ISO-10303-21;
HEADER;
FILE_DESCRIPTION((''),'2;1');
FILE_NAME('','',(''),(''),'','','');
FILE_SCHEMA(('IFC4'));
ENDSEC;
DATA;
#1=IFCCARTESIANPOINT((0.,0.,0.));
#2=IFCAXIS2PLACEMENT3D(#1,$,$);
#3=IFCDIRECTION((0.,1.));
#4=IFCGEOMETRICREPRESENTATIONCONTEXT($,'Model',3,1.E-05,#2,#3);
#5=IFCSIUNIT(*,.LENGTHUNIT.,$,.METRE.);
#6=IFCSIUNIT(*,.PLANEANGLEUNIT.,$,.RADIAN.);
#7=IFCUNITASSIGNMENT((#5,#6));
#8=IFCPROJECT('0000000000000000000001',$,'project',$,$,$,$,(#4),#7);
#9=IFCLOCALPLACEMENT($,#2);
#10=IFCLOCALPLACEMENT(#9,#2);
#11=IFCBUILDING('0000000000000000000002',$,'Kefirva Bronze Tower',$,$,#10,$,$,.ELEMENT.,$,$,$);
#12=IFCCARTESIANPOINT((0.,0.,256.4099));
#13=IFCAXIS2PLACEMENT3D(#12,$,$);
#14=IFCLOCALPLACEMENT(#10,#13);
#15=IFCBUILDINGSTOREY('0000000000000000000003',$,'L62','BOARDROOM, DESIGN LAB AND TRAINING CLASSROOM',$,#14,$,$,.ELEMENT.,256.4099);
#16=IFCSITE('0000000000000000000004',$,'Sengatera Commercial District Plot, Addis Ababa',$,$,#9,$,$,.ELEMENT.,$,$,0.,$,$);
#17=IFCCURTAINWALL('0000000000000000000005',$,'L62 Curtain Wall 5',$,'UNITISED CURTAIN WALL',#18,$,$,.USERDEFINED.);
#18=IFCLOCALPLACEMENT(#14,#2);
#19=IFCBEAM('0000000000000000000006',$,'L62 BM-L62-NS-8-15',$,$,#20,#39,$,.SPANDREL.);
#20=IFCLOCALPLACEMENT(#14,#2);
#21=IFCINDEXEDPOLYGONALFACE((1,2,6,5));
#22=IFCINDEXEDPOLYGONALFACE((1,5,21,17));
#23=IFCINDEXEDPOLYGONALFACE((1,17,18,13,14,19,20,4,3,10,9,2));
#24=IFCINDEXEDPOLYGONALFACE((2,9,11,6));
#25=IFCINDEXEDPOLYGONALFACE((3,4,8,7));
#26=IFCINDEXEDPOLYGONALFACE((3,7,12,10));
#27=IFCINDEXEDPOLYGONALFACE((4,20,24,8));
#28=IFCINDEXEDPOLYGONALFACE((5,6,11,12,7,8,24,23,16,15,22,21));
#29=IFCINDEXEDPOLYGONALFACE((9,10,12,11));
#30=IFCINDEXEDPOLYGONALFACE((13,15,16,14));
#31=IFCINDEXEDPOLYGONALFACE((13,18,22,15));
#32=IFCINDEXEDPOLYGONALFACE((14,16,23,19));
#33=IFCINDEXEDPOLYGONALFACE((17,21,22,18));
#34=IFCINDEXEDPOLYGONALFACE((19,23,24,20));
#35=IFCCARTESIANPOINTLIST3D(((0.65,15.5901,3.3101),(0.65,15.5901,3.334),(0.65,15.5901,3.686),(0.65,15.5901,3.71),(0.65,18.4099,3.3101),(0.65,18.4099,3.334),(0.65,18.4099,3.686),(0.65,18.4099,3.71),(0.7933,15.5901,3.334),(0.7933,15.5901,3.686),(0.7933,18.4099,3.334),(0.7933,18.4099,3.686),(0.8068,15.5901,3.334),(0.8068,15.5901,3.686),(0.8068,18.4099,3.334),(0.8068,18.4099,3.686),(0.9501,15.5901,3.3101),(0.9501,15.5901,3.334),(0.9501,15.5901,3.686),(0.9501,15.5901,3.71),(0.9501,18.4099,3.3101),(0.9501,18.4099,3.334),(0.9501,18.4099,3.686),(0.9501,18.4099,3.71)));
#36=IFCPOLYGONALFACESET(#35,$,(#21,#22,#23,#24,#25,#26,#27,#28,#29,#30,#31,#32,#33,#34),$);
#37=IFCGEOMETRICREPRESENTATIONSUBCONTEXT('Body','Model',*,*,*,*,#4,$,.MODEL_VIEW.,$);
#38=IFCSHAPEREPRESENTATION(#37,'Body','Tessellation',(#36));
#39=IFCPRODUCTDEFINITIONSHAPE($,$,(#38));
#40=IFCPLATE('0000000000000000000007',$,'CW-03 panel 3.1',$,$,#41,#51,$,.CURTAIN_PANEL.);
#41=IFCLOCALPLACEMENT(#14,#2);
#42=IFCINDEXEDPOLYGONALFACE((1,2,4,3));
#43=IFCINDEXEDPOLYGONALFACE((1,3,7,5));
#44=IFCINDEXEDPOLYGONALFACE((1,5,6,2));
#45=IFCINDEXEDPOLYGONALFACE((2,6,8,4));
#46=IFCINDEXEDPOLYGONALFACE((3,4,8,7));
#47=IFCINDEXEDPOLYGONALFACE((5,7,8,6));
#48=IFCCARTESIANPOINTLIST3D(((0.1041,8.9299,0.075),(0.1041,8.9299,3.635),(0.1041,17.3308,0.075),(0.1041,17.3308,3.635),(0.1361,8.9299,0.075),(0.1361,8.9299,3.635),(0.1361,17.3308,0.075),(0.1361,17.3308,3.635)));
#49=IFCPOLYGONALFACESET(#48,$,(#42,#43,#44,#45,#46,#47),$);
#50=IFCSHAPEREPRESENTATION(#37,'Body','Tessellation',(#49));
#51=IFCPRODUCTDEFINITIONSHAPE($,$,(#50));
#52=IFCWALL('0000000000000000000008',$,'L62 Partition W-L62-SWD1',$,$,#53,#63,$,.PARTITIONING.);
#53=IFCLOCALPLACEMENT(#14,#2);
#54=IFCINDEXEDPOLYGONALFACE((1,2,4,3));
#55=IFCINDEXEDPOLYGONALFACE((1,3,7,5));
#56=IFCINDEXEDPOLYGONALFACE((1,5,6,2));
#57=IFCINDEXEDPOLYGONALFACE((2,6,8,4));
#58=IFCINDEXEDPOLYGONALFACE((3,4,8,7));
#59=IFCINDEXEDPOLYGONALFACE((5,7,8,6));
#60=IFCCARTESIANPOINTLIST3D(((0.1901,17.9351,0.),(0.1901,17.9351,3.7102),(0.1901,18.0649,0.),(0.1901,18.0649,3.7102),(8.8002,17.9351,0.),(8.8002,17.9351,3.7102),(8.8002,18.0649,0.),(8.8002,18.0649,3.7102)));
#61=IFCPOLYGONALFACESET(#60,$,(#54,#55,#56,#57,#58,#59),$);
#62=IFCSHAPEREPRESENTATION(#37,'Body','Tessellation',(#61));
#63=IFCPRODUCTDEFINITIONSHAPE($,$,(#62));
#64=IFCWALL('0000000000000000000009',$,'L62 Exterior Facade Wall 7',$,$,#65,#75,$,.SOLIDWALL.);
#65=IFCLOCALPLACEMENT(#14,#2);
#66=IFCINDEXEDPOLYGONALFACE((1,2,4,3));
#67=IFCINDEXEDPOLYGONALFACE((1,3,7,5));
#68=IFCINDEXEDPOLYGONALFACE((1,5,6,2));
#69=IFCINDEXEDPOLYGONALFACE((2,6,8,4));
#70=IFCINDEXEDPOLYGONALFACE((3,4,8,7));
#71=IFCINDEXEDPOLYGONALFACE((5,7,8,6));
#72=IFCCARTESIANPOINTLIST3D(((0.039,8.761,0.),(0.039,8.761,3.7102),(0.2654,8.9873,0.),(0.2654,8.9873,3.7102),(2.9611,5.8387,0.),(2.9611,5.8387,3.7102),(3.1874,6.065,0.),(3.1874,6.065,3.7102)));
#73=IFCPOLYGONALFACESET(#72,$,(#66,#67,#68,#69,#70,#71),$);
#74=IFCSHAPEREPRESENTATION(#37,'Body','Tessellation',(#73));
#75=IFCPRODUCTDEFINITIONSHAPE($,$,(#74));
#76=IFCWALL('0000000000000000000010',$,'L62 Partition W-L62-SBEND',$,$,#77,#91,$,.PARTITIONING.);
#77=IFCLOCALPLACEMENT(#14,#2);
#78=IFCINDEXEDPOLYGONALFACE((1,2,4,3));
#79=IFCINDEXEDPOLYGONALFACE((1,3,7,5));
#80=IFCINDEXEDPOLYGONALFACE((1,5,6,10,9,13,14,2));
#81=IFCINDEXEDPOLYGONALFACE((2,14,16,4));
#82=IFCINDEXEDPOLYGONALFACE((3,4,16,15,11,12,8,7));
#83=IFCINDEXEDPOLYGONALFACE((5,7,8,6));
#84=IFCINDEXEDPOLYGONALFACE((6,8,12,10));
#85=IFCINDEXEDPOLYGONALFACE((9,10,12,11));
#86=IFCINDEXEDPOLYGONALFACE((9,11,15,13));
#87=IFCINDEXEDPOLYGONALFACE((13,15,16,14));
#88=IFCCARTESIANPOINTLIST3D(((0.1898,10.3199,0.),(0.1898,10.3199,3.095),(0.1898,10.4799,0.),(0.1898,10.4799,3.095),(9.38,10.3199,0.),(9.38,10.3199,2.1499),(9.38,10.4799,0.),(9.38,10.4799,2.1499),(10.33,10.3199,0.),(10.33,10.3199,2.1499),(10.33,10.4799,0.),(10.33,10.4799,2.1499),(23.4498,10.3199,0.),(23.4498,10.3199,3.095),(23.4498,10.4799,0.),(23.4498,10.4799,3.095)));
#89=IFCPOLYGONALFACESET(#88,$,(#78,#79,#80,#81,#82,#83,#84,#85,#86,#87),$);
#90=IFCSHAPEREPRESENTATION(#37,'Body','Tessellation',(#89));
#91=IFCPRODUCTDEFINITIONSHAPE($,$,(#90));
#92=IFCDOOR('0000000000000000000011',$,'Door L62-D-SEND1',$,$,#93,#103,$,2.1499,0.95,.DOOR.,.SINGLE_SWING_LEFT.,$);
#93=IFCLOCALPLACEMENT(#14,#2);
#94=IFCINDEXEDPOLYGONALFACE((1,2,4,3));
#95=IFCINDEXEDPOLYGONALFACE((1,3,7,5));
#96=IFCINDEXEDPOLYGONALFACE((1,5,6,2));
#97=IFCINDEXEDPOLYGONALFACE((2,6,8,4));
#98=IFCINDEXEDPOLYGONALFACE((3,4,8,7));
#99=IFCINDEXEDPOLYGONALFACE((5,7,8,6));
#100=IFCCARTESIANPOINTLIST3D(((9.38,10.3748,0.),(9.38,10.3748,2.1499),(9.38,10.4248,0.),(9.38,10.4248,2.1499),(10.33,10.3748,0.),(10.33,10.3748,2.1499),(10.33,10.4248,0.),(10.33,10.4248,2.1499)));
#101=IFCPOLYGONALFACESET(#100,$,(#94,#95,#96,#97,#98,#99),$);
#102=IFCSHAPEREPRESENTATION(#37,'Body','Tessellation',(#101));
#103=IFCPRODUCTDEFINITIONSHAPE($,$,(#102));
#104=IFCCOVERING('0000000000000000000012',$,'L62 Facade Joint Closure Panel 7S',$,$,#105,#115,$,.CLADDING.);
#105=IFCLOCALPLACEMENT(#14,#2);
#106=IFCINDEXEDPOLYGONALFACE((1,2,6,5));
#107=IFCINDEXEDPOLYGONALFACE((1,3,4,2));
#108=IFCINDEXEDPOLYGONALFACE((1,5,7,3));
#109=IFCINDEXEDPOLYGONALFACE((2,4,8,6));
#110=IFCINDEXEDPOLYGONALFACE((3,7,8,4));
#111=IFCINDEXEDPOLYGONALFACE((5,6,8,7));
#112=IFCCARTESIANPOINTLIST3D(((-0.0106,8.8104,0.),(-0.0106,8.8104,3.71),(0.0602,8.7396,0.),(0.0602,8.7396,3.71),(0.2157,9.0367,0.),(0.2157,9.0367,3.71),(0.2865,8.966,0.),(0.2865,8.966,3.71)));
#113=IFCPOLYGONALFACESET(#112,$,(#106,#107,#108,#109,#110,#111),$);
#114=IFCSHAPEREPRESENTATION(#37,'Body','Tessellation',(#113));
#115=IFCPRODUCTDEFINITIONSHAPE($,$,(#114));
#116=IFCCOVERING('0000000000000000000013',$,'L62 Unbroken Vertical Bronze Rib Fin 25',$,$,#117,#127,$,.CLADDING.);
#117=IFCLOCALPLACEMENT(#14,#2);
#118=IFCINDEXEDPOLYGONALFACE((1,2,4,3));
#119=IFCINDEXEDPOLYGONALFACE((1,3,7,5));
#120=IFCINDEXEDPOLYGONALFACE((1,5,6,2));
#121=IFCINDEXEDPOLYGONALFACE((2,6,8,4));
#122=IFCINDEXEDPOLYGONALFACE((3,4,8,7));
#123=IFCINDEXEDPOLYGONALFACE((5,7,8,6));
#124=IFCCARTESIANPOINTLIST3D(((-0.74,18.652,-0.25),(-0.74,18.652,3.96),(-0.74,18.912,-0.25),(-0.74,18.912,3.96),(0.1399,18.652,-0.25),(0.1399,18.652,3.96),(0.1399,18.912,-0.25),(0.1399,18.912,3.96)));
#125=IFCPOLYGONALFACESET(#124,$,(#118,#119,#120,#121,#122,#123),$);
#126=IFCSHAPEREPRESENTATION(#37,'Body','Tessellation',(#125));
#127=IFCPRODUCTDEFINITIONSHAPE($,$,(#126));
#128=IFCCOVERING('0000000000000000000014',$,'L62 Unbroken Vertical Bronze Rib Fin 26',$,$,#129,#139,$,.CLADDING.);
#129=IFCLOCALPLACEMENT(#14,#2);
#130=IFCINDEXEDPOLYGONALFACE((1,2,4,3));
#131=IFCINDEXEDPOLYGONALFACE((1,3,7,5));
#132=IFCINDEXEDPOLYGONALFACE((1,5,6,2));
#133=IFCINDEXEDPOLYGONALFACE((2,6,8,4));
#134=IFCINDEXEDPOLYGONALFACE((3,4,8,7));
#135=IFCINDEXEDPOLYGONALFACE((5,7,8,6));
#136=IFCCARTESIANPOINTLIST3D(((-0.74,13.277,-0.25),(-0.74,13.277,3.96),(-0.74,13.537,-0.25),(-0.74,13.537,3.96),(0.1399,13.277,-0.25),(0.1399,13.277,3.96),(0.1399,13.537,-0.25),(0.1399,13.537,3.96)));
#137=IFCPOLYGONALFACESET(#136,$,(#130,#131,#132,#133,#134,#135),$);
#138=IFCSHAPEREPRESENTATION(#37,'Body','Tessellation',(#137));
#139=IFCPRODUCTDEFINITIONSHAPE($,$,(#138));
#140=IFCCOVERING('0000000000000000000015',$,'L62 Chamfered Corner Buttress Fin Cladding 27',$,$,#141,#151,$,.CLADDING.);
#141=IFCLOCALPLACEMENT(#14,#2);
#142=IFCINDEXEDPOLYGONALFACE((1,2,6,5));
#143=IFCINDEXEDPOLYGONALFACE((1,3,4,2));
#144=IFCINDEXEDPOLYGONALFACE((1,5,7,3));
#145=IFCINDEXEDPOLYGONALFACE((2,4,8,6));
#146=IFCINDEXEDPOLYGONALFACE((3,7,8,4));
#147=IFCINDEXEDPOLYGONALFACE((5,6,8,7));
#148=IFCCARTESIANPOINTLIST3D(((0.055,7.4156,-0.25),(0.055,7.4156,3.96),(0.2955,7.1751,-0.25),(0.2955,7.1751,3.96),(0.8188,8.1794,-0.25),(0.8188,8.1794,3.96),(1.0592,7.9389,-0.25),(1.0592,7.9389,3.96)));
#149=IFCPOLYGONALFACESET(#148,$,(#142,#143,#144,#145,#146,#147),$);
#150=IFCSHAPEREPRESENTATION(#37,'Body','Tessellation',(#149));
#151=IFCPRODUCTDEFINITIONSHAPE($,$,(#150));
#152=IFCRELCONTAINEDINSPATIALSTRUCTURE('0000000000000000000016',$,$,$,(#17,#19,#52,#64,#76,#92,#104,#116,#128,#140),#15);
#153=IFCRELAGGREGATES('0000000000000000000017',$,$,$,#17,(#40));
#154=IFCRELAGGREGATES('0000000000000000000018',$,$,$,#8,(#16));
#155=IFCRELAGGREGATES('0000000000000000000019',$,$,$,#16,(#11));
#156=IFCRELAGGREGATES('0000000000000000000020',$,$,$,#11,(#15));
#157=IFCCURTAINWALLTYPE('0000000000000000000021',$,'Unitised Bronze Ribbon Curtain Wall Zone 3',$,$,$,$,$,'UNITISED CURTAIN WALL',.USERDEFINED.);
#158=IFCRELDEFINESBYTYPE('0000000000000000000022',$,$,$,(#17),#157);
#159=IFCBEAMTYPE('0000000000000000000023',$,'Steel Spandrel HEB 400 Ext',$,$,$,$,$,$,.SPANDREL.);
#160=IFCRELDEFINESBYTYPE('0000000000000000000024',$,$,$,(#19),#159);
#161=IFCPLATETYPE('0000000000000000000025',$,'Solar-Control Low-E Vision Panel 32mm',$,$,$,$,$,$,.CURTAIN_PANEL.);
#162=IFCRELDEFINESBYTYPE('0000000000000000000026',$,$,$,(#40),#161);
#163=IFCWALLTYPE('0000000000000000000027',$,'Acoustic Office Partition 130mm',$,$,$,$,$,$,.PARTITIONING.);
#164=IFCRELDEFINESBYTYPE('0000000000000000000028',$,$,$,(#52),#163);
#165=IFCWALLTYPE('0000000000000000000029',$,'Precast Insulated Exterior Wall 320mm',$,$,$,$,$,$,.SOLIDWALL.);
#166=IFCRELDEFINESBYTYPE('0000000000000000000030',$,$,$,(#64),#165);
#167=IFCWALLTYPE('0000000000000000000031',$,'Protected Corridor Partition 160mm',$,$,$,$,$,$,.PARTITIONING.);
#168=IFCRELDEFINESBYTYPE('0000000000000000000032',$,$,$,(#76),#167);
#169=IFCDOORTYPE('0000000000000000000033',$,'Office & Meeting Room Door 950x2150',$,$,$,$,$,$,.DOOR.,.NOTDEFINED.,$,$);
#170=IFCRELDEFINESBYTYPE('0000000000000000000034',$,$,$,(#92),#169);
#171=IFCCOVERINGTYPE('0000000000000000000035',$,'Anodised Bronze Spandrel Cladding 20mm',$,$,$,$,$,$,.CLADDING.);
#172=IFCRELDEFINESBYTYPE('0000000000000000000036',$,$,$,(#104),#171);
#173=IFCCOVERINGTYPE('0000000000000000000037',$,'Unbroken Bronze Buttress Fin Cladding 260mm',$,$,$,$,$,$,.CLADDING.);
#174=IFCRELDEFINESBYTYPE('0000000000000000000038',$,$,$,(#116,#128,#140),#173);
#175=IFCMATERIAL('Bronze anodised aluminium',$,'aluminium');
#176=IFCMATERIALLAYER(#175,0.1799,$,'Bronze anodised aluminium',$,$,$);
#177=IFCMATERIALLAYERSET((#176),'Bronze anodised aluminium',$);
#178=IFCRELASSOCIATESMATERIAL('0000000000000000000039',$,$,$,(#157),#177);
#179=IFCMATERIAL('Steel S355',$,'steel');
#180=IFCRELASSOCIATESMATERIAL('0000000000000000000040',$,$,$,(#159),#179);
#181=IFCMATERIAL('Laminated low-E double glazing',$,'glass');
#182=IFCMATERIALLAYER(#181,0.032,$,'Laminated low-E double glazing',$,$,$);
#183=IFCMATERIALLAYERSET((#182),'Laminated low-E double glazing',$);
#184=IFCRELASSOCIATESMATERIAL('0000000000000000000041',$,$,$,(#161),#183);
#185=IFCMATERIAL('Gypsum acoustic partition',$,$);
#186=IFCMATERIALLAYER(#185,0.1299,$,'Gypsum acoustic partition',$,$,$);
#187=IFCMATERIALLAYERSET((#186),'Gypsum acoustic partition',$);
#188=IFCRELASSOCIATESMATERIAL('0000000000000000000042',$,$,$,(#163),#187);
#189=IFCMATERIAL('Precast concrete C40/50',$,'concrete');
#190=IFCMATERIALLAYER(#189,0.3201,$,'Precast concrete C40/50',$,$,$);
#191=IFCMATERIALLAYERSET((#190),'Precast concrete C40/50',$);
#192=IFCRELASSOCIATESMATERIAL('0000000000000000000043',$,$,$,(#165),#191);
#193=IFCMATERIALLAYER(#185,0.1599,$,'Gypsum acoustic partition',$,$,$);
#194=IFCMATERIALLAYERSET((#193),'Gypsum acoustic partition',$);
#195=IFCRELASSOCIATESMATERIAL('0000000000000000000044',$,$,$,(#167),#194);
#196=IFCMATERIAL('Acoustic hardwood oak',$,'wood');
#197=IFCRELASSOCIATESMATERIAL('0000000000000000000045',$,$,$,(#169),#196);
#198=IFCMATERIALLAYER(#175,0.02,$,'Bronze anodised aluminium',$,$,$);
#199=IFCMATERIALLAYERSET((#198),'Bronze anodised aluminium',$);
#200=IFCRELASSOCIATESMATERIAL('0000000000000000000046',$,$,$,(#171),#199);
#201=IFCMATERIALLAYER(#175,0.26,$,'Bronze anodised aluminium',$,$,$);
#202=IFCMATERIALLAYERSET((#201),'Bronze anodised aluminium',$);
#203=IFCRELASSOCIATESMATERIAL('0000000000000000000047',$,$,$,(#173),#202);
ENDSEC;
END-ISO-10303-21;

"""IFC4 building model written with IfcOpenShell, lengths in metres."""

from ifc_helpers import new_model, si_unit, direction, frame, frame_2d, origin, origin_2d, place, context, subcontext, project, spatial, rectangle, i_section, extrude, material, layer, layer_set, material_profile, profile_set, type_object, element, fill, aggregate, save


model = new_model("IFC4")

# Units and contexts
model_context = context("Model", 3, precision=1e-05, world=origin(), true_north=direction((0.0, 1.0)))
body_context = subcontext(model_context, "Body", "Model", "MODEL_VIEW")
ifc_project = project(units=[si_unit("LENGTHUNIT", "METRE"), si_unit("PLANEANGLEUNIT", "RADIAN")], contexts=[model_context])

# Site, building, storey
site_placement = place(None, origin())
site = spatial("IfcSite", under=ifc_project, at=site_placement, Name="Sengatera Commercial District Plot, Addis Ababa", CompositionType="ELEMENT", RefElevation=0.0)
building_placement = place(site_placement, origin())
building = spatial("IfcBuilding", under=site, at=building_placement, Name="Kefirva Bronze Tower", CompositionType="ELEMENT")
storey_placement = place(building_placement, frame((0.0, 0.0, 256.4099)))
storey = spatial("IfcBuildingStorey", under=building, at=storey_placement, Name="L62", Description="BOARDROOM, DESIGN LAB AND TRAINING CLASSROOM", CompositionType="ELEMENT", Elevation=256.4099)

# Curtain wall
ifc_material_1 = material(Name="Bronze anodised aluminium", Category="aluminium")
ifc_layer_1 = layer(ifc_material_1, 0.1799, Name="Bronze anodised aluminium")
ifc_layer_set_1 = layer_set([ifc_layer_1], Name="Bronze anodised aluminium")
curtain_wall_type = type_object("IfcCurtainWallType", Name="Unitised Bronze Ribbon Curtain Wall Zone 3", ElementType="UNITISED CURTAIN WALL", PredefinedType="USERDEFINED", material=ifc_layer_set_1)
curtain_wall_placement = place(storey_placement, origin())
curtain_wall = element("IfcCurtainWall", 1, at=curtain_wall_placement, inside=storey, type_object=curtain_wall_type, Name="L62 Curtain Wall 5", ObjectType="UNITISED CURTAIN WALL", PredefinedType="USERDEFINED")

# Beam
ifc_material_2 = material(Name="Steel S355", Category="steel")
ifc_material_profile_1 = material_profile(ifc_material_2, i_section(OverallWidth=0.3, OverallDepth=0.3999, WebThickness=0.0134, FlangeThickness=0.0239, at=origin_2d()), Name="HEB 400")
ifc_profile_set_1 = profile_set([ifc_material_profile_1], Name="Steel S355")
beam_type_1 = type_object("IfcBeamType", Name="Steel Spandrel HEB 400 Ext", PredefinedType="SPANDREL", material=ifc_profile_set_1)
beam_1_placement = place(storey_placement, frame((0.8, 15.5901, 3.51), z_axis=(0.0, 1.0, 0.0), x_axis=(-1.0, 0.0, 0.0)))
element("IfcBeam", 2, at=beam_1_placement, inside=storey, type_object=beam_type_1, Name="L62 BM-L62-NS-8-15", PredefinedType="SPANDREL", context=body_context, shape_type="SweptSolid", body=[
    extrude(i_section(OverallWidth=0.3, OverallDepth=0.3999, WebThickness=0.0134, FlangeThickness=0.0239, at=origin_2d()), origin(), (0.0, 0.0, 1.0), 2.8198),
])

# Plate
ifc_material_3 = material(Name="Laminated low-E double glazing", Category="glass")
ifc_layer_2 = layer(ifc_material_3, 0.032, Name="Laminated low-E double glazing")
ifc_layer_set_2 = layer_set([ifc_layer_2], Name="Laminated low-E double glazing")
plate_type = type_object("IfcPlateType", Name="Solar-Control Low-E Vision Panel 32mm", PredefinedType="CURTAIN_PANEL", material=ifc_layer_set_2)
plate_placement = place(storey_placement, frame((0.1201, 13.1304, 0.075), z_axis=(0.0, 0.0, 1.0), x_axis=(0.0, -1.0, 0.0)))
plate = element("IfcPlate", 3, at=plate_placement, type_object=plate_type, Name="CW-03 panel 3.1", PredefinedType="CURTAIN_PANEL", context=body_context, shape_type="SweptSolid", body=[
    extrude(rectangle(XDim=8.4009, YDim=0.032, at=origin_2d()), origin(), (0.0, 0.0, 1.0), 3.5601),
])
aggregate(curtain_wall, [plate])

# Walls
ifc_material_4 = material(Name="Gypsum acoustic partition")
ifc_layer_3 = layer(ifc_material_4, 0.1299, Name="Gypsum acoustic partition")
ifc_layer_set_3 = layer_set([ifc_layer_3], Name="Gypsum acoustic partition")
wall_type_1 = type_object("IfcWallType", Name="Acoustic Office Partition 130mm", PredefinedType="PARTITIONING", material=ifc_layer_set_3)
wall_1_placement = place(storey_placement, frame((0.1899, 18.0, 0.0), z_axis=(0.0, 0.0, 1.0), x_axis=(1.0, 0.0, 0.0)))
element("IfcWall", 4, at=wall_1_placement, inside=storey, type_object=wall_type_1, Name="L62 Partition W-L62-SWD1", PredefinedType="PARTITIONING", context=body_context, shape_type="SweptSolid", body=[
    extrude(rectangle(XDim=8.6101, YDim=0.1299, at=frame_2d((4.3052, 0.0))), origin(), (0.0, 0.0, 1.0), 3.7102),
])
ifc_material_5 = material(Name="Precast concrete C40/50", Category="concrete")
ifc_layer_4 = layer(ifc_material_5, 0.3201, Name="Precast concrete C40/50")
ifc_layer_set_4 = layer_set([ifc_layer_4], Name="Precast concrete C40/50")
wall_type_2 = type_object("IfcWallType", Name="Precast Insulated Exterior Wall 320mm", PredefinedType="SOLIDWALL", material=ifc_layer_set_4)
wall_2_placement = place(storey_placement, frame((0.1521, 8.8743, 0.0), z_axis=(0.0, 0.0, 1.0), x_axis=(0.707077, -0.707136, 0.0)))
element("IfcWall", 5, at=wall_2_placement, inside=storey, type_object=wall_type_2, Name="L62 Exterior Facade Wall 7", PredefinedType="SOLIDWALL", context=body_context, shape_type="SweptSolid", body=[
    extrude(rectangle(XDim=4.1326, YDim=0.3201, at=frame_2d((2.0664, 0.0))), origin(), (0.0, 0.0, 1.0), 3.7102),
])

# Wall, opening, door
ifc_layer_5 = layer(ifc_material_4, 0.1599, Name="Gypsum acoustic partition")
ifc_layer_set_5 = layer_set([ifc_layer_5], Name="Gypsum acoustic partition")
wall_type_3 = type_object("IfcWallType", Name="Protected Corridor Partition 160mm", PredefinedType="PARTITIONING", material=ifc_layer_set_5)
wall_3_placement = place(storey_placement, frame((0.1899, 10.3999, 0.0), z_axis=(0.0, 0.0, 1.0), x_axis=(1.0, 0.0, 0.0)))
wall_3 = element("IfcWall", 6, at=wall_3_placement, inside=storey, type_object=wall_type_3, Name="L62 Partition W-L62-SBEND", PredefinedType="PARTITIONING", context=body_context, shape_type="SweptSolid", body=[
    extrude(rectangle(XDim=23.26, YDim=0.1599, at=frame_2d((11.6299, 0.0))), origin(), (0.0, 0.0, 1.0), 3.095),
])
opening_placement = place(wall_3_placement, frame((9.1899, 0.0, 0.0)))
opening = element("IfcOpeningElement", 7, at=opening_placement, cuts=wall_3, PredefinedType="OPENING", context=body_context, shape_type="SweptSolid", body=[
    extrude(rectangle(XDim=0.95, YDim=2.1499, at=frame_2d((0.4751, 1.075))), frame((0.0, 0.0898, 0.0), z_axis=(0.0, -1.0, 0.0), x_axis=(1.0, 0.0, 0.0)), (0.0, 0.0, 1.0), 0.1799),
])
ifc_material_6 = material(Name="Acoustic hardwood oak", Category="wood")
door_type = type_object("IfcDoorType", Name="Office & Meeting Room Door 950x2150", OperationType="NOTDEFINED", PredefinedType="DOOR", material=ifc_material_6)
door_placement = place(opening_placement, origin())
door = element("IfcDoor", 8, at=door_placement, inside=storey, type_object=door_type, Name="Door L62-D-SEND1", OperationType="SINGLE_SWING_LEFT", OverallHeight=2.1499, OverallWidth=0.95, PredefinedType="DOOR", context=body_context, shape_type="SweptSolid", body=[
    extrude(rectangle(XDim=0.95, YDim=2.1499, at=frame_2d((0.4751, 1.075))), frame((0.0, 0.0249, 0.0), z_axis=(0.0, -1.0, 0.0), x_axis=(1.0, 0.0, 0.0)), (0.0, 0.0, 1.0), 0.05),
])
fill(opening, door)

# Coverings
ifc_layer_6 = layer(ifc_material_1, 0.02, Name="Bronze anodised aluminium")
ifc_layer_set_6 = layer_set([ifc_layer_6], Name="Bronze anodised aluminium")
covering_type_1 = type_object("IfcCoveringType", Name="Anodised Bronze Spandrel Cladding 20mm", PredefinedType="CLADDING", material=ifc_layer_set_6)
covering_1_placement = place(storey_placement, frame((0.1379, 8.8882, 0.0), z_axis=(0.0, 0.0, 1.0), x_axis=(0.707107, -0.707107, 0.0)))
element("IfcCovering", 9, at=covering_1_placement, inside=storey, type_object=covering_type_1, Name="L62 Facade Joint Closure Panel 7S", PredefinedType="CLADDING", context=body_context, shape_type="SweptSolid", body=[
    extrude(rectangle(XDim=0.1001, YDim=0.3201, at=origin_2d()), origin(), (0.0, 0.0, 1.0), 3.71),
])
ifc_layer_7 = layer(ifc_material_1, 0.26, Name="Bronze anodised aluminium")
ifc_layer_set_7 = layer_set([ifc_layer_7], Name="Bronze anodised aluminium")
covering_type_2 = type_object("IfcCoveringType", Name="Unbroken Bronze Buttress Fin Cladding 260mm", PredefinedType="CLADDING", material=ifc_layer_set_7)
for number, where, z_axis, x_axis, name in (
    (10, (-0.3, 18.782, -0.25), (0.0, 0.0, 1.0), (0.0, -1.0, 0.0), "L62 Unbroken Vertical Bronze Rib Fin 25"),
    (11, (-0.3, 13.407, -0.25), (0.0, 0.0, 1.0), (0.0, -1.0, 0.0), "L62 Unbroken Vertical Bronze Rib Fin 26"),
):
    element("IfcCovering", number, at=place(storey_placement, frame(where, z_axis=z_axis, x_axis=x_axis)), inside=storey, type_object=covering_type_2, Name=name, PredefinedType="CLADDING", context=body_context, shape_type="SweptSolid", body=[
        extrude(rectangle(XDim=0.26, YDim=0.8799, at=origin_2d()), origin(), (0.0, 0.0, 1.0), 4.21),
    ])
covering_2_placement = place(storey_placement, frame((0.5571, 7.6772, -0.25), z_axis=(0.0, 0.0, 1.0), x_axis=(0.707107, -0.707107, 0.0)))
element("IfcCovering", 12, at=covering_2_placement, inside=storey, type_object=covering_type_2, Name="L62 Chamfered Corner Buttress Fin Cladding 27", PredefinedType="CLADDING", context=body_context, shape_type="SweptSolid", body=[
    extrude(rectangle(XDim=0.3401, YDim=1.0801, at=origin_2d()), origin(), (0.0, 0.0, 1.0), 4.21),
])

save(model, "model.ifc")
